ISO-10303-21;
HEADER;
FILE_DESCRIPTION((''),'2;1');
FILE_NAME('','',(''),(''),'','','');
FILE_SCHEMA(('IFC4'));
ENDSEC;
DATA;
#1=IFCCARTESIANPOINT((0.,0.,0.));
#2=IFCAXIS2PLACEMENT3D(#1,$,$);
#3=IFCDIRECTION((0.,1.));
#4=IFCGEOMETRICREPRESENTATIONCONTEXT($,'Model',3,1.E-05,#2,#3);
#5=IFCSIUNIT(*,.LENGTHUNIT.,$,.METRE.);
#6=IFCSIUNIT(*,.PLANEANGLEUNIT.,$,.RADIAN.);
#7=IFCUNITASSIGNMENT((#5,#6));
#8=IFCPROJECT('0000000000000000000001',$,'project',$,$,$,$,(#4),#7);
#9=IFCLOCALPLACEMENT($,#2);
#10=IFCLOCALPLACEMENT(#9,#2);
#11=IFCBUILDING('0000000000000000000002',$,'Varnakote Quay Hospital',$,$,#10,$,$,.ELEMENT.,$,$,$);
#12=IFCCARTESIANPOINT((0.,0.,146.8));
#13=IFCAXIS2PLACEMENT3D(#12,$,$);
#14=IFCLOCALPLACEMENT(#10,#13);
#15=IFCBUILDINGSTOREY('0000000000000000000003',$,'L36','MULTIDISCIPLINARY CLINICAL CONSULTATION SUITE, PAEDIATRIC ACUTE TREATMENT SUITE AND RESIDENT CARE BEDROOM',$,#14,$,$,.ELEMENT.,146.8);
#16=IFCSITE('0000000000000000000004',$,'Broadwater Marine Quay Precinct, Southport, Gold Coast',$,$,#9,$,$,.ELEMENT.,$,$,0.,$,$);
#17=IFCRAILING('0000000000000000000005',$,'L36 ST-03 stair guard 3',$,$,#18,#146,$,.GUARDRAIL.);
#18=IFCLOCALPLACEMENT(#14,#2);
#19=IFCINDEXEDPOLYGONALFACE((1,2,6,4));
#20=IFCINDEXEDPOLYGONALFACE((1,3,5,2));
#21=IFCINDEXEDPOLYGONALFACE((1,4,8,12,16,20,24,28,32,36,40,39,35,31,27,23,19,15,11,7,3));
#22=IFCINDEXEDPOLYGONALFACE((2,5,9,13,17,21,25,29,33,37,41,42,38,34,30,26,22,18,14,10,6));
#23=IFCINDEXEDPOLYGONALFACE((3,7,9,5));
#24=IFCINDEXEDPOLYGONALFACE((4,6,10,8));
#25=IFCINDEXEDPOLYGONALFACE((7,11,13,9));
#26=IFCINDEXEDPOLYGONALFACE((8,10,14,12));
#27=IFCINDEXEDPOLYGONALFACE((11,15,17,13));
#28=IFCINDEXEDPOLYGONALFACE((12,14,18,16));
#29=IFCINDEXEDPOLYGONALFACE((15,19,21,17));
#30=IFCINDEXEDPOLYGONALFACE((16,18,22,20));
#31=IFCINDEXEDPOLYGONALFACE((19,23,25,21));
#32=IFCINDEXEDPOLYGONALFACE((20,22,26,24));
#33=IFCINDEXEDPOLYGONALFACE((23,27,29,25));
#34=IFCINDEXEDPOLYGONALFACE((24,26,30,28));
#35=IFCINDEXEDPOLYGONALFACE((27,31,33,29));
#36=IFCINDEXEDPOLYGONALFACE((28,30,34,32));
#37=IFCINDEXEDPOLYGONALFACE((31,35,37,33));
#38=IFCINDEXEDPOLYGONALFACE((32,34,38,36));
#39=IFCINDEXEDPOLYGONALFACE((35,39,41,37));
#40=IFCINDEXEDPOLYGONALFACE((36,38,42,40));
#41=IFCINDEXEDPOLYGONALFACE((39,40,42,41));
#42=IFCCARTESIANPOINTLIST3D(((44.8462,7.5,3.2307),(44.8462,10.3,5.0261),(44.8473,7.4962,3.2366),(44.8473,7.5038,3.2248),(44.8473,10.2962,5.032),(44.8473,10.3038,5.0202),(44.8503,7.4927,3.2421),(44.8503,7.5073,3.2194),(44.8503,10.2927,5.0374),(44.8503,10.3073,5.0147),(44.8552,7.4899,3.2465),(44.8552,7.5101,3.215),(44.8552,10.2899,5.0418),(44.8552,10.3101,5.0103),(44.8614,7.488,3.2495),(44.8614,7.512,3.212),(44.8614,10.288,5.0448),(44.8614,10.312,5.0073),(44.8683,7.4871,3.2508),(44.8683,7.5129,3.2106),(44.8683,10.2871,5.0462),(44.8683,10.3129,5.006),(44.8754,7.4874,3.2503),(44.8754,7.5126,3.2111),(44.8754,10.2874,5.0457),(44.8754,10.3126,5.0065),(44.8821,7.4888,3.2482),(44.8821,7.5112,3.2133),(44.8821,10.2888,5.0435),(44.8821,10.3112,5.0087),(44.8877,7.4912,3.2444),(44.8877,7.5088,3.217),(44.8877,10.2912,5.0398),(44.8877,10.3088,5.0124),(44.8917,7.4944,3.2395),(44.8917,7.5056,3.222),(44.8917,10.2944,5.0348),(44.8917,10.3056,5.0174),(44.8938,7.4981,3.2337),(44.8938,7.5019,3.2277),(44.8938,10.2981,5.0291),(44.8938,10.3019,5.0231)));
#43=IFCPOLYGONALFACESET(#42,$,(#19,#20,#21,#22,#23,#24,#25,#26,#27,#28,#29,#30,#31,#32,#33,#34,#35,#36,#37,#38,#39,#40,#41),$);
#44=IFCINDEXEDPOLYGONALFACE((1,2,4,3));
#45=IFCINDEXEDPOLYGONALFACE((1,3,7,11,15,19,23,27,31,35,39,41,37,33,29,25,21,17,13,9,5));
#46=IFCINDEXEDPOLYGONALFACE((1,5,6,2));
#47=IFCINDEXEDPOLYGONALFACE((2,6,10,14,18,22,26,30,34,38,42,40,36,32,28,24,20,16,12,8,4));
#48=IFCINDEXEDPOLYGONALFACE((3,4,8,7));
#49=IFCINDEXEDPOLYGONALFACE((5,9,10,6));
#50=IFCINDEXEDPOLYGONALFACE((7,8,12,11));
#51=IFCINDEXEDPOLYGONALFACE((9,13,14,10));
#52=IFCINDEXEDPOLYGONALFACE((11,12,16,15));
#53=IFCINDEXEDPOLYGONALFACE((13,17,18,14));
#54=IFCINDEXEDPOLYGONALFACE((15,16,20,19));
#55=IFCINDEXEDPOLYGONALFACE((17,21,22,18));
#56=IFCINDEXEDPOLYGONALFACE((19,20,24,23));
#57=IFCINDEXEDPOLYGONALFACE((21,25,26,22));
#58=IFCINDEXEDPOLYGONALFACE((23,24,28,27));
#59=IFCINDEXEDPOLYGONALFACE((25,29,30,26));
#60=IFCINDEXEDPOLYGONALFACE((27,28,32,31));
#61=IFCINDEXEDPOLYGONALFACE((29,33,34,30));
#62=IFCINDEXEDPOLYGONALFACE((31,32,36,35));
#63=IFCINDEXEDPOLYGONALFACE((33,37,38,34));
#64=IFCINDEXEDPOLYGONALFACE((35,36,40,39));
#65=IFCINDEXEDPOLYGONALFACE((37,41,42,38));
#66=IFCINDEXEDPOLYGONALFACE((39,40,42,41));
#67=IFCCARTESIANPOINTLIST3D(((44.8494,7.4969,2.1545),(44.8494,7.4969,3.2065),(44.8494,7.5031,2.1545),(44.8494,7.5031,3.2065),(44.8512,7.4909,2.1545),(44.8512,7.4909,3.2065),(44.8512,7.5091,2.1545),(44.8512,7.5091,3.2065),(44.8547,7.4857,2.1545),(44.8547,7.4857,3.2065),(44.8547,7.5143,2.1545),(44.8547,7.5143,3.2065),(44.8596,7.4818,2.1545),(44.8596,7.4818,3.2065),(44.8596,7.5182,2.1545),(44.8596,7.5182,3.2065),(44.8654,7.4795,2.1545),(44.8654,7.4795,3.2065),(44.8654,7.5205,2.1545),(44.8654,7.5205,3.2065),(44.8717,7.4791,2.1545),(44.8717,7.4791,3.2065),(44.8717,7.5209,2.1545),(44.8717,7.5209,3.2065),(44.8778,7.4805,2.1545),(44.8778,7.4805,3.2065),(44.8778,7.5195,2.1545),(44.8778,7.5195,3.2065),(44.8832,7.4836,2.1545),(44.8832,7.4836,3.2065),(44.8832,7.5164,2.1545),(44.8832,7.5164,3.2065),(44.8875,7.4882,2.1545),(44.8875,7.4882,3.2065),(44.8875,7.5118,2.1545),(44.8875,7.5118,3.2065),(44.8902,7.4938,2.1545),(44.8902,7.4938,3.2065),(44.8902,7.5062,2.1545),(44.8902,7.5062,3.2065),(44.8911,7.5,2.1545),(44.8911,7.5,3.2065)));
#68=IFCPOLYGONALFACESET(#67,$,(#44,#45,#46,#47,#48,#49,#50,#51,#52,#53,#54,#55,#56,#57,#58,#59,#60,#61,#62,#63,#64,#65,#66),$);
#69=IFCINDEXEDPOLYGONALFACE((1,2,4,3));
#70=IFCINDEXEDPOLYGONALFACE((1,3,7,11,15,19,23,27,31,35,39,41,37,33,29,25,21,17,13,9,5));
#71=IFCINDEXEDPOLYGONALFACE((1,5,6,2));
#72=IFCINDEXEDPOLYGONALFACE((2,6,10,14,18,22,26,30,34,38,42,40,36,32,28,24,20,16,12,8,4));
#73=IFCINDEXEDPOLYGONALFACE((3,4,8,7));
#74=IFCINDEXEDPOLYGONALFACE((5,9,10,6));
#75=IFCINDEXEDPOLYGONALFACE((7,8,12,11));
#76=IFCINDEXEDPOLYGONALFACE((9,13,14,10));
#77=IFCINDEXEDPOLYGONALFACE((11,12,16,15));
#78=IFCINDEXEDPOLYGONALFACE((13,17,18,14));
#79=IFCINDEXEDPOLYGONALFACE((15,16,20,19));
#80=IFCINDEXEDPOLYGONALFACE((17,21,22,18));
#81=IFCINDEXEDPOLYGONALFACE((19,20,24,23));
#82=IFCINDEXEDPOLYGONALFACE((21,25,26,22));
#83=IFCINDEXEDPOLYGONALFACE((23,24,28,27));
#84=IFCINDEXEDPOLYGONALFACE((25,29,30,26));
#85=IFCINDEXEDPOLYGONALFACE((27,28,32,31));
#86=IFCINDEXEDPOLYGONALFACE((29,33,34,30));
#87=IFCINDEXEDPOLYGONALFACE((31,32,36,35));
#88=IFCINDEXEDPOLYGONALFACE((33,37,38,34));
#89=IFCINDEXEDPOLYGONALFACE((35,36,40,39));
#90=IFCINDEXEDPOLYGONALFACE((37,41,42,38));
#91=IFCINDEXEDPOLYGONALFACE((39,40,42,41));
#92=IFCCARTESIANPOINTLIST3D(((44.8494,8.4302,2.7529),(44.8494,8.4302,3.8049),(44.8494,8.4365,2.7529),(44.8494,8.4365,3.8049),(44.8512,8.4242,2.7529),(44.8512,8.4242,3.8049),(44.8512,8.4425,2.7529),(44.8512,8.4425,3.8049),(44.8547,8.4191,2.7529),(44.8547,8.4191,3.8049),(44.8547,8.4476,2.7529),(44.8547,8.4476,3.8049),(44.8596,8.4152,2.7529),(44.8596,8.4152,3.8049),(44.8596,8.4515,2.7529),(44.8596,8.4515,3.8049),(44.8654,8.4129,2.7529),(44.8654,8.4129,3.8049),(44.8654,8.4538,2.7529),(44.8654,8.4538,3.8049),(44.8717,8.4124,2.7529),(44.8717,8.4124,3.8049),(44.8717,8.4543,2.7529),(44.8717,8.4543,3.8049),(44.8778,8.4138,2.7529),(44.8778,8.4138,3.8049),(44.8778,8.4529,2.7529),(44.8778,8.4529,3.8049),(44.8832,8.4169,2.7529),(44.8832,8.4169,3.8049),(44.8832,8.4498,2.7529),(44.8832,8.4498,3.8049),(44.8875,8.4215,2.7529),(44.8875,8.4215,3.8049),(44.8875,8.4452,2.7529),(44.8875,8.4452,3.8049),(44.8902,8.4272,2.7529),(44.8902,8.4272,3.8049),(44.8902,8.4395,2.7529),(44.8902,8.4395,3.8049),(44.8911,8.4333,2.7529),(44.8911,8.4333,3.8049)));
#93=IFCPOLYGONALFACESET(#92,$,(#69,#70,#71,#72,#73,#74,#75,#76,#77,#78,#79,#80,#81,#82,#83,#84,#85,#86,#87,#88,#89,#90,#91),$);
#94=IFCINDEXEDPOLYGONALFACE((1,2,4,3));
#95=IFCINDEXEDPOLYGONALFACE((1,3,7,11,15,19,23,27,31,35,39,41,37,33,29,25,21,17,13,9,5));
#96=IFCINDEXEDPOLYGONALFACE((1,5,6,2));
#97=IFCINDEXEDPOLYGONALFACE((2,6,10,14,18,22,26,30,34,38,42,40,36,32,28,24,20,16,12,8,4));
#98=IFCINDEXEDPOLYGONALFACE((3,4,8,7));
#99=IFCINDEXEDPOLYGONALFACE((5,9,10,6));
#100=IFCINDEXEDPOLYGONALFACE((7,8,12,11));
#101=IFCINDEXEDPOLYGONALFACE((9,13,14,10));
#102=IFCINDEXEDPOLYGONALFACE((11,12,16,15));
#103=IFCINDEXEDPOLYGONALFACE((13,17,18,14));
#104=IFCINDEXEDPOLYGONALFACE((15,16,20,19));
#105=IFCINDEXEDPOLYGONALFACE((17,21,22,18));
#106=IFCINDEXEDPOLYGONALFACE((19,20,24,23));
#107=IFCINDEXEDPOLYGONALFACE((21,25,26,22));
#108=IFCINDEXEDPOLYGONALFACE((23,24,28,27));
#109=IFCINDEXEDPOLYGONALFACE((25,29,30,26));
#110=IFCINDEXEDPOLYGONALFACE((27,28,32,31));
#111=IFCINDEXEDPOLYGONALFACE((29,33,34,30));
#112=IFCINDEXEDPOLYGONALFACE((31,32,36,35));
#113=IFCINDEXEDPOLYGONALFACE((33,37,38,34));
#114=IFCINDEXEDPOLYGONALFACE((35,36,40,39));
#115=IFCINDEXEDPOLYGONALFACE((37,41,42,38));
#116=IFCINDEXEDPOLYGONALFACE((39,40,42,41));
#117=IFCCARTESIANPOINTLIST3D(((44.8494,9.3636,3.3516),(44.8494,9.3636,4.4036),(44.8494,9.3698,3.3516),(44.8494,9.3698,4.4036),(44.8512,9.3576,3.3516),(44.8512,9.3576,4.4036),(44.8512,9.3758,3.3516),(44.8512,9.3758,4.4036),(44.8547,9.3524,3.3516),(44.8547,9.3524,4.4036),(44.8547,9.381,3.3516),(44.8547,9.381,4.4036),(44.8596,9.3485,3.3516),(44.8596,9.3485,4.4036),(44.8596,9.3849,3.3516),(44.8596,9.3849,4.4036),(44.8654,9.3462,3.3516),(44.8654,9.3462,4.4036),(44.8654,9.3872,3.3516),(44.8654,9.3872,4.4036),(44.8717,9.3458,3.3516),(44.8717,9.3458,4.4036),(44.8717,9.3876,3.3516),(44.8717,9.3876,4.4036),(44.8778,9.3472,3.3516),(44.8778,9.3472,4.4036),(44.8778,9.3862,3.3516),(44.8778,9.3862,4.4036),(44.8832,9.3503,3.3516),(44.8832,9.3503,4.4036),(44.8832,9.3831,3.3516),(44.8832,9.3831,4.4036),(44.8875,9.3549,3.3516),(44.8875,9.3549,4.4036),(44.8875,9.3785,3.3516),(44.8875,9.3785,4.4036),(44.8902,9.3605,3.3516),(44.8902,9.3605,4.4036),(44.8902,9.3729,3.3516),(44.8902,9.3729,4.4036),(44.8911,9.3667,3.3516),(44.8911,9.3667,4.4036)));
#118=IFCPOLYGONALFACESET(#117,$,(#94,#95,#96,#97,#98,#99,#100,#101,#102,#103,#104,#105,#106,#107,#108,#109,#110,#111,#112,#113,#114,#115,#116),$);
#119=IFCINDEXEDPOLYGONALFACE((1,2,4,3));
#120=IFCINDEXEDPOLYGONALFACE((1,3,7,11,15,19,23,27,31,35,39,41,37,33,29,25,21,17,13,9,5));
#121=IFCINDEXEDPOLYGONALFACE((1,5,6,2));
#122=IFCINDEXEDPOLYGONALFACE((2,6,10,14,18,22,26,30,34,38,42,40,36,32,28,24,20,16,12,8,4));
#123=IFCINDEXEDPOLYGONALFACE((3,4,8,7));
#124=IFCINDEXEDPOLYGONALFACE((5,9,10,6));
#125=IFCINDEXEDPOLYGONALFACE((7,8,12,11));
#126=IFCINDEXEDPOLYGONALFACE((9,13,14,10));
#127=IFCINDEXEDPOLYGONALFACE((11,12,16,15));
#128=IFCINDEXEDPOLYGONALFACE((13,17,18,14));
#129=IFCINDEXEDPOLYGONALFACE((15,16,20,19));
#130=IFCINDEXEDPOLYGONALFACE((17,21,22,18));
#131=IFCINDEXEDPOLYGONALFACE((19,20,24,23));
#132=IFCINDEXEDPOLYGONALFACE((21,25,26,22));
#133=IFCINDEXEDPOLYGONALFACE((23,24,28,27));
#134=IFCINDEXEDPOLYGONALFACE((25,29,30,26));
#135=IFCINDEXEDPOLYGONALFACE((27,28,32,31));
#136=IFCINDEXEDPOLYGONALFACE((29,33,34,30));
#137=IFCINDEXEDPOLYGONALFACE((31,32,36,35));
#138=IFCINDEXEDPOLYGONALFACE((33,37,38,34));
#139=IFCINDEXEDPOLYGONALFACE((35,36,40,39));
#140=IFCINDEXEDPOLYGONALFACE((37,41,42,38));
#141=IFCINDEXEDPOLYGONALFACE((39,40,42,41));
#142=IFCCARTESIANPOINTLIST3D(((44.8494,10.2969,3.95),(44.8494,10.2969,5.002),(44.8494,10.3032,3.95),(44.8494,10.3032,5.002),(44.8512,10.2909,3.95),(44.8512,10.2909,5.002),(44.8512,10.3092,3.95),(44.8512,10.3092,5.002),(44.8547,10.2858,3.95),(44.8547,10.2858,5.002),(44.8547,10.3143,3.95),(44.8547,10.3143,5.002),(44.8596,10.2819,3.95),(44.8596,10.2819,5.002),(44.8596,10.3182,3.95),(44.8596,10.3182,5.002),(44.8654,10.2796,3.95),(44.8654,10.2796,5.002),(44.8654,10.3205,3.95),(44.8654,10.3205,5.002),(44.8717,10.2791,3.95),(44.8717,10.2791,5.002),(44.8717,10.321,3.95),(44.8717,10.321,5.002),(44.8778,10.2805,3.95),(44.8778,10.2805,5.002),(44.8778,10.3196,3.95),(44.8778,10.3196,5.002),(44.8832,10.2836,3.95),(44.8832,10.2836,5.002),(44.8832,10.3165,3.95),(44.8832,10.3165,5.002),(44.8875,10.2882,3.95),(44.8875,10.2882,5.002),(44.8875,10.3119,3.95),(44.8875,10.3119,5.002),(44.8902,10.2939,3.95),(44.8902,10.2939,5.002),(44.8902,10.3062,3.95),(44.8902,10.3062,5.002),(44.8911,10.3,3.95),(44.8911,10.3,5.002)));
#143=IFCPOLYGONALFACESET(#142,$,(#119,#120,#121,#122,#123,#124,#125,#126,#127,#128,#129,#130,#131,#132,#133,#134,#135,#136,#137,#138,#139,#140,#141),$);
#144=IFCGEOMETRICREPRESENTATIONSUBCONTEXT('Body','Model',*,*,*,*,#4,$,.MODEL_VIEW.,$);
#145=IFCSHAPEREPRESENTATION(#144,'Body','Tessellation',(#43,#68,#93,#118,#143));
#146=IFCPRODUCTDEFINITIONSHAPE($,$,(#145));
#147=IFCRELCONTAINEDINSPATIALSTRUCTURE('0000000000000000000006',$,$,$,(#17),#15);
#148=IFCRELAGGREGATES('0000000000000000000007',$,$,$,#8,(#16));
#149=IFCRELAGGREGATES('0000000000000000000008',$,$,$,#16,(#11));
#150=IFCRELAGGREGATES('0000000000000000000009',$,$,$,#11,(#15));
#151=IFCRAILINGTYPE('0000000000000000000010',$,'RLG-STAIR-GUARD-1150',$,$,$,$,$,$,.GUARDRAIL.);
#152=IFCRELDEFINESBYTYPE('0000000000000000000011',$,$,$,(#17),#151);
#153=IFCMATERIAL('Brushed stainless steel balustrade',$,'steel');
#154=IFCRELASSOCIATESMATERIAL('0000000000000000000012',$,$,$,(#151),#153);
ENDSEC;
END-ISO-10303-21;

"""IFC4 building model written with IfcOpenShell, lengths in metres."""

from ifc_helpers import new_model, si_unit, direction, frame, origin, origin_2d, place, context, subcontext, project, spatial, circle, extrude, material, type_object, element, save


model = new_model("IFC4")

# Units and contexts
model_context = context("Model", 3, precision=1e-05, world=origin(), true_north=direction((0.0, 1.0)))
body_context = subcontext(model_context, "Body", "Model", "MODEL_VIEW")
ifc_project = project(units=[si_unit("LENGTHUNIT", "METRE"), si_unit("PLANEANGLEUNIT", "RADIAN")], contexts=[model_context])

# Site, building, storey
site_placement = place(None, origin())
site = spatial("IfcSite", under=ifc_project, at=site_placement, Name="Broadwater Marine Quay Precinct, Southport, Gold Coast", CompositionType="ELEMENT", RefElevation=0.0)
building_placement = place(site_placement, origin())
building = spatial("IfcBuilding", under=site, at=building_placement, Name="Varnakote Quay Hospital", CompositionType="ELEMENT")
storey_placement = place(building_placement, frame((0.0, 0.0, 146.8)))
storey = spatial("IfcBuildingStorey", under=building, at=storey_placement, Name="L36", Description="MULTIDISCIPLINARY CLINICAL CONSULTATION SUITE, PAEDIATRIC ACUTE TREATMENT SUITE AND RESIDENT CARE BEDROOM", CompositionType="ELEMENT", Elevation=146.8)

# Railing
ifc_material_1 = material(Name="Brushed stainless steel balustrade", Category="steel")
railing_type_1 = type_object("IfcRailingType", Name="RLG-STAIR-GUARD-1150", PredefinedType="GUARDRAIL", material=ifc_material_1)
railing_1_placement = place(storey_placement, frame((44.8701, 7.5, 2.1545)))
element("IfcRailing", 1, at=railing_1_placement, inside=storey, type_object=railing_type_1, Name="L36 ST-03 stair guard 3", PredefinedType="GUARDRAIL", context=body_context, shape_type="SweptSolid", body=[
    extrude(circle(Radius=0.0239, at=origin_2d()), frame((0.0, 0.0, 1.0762), z_axis=(0.0, 0.84181, 0.539774), x_axis=(-1.0, 0.0, 0.0)), (0.0, 0.0, 1.0), 3.3262),
    extrude(circle(Radius=0.021, at=origin_2d()), origin(), (0.0, 0.0, 1.0), 1.052),
    extrude(circle(Radius=0.021, at=origin_2d()), frame((0.0, 0.9333, 0.5984)), (0.0, 0.0, 1.0), 1.052),
    extrude(circle(Radius=0.021, at=origin_2d()), frame((0.0, 1.8667, 1.197)), (0.0, 0.0, 1.0), 1.052),
    extrude(circle(Radius=0.021, at=origin_2d()), frame((0.0, 2.8, 1.7954)), (0.0, 0.0, 1.0), 1.052),
])

save(model, "model.ifc")
